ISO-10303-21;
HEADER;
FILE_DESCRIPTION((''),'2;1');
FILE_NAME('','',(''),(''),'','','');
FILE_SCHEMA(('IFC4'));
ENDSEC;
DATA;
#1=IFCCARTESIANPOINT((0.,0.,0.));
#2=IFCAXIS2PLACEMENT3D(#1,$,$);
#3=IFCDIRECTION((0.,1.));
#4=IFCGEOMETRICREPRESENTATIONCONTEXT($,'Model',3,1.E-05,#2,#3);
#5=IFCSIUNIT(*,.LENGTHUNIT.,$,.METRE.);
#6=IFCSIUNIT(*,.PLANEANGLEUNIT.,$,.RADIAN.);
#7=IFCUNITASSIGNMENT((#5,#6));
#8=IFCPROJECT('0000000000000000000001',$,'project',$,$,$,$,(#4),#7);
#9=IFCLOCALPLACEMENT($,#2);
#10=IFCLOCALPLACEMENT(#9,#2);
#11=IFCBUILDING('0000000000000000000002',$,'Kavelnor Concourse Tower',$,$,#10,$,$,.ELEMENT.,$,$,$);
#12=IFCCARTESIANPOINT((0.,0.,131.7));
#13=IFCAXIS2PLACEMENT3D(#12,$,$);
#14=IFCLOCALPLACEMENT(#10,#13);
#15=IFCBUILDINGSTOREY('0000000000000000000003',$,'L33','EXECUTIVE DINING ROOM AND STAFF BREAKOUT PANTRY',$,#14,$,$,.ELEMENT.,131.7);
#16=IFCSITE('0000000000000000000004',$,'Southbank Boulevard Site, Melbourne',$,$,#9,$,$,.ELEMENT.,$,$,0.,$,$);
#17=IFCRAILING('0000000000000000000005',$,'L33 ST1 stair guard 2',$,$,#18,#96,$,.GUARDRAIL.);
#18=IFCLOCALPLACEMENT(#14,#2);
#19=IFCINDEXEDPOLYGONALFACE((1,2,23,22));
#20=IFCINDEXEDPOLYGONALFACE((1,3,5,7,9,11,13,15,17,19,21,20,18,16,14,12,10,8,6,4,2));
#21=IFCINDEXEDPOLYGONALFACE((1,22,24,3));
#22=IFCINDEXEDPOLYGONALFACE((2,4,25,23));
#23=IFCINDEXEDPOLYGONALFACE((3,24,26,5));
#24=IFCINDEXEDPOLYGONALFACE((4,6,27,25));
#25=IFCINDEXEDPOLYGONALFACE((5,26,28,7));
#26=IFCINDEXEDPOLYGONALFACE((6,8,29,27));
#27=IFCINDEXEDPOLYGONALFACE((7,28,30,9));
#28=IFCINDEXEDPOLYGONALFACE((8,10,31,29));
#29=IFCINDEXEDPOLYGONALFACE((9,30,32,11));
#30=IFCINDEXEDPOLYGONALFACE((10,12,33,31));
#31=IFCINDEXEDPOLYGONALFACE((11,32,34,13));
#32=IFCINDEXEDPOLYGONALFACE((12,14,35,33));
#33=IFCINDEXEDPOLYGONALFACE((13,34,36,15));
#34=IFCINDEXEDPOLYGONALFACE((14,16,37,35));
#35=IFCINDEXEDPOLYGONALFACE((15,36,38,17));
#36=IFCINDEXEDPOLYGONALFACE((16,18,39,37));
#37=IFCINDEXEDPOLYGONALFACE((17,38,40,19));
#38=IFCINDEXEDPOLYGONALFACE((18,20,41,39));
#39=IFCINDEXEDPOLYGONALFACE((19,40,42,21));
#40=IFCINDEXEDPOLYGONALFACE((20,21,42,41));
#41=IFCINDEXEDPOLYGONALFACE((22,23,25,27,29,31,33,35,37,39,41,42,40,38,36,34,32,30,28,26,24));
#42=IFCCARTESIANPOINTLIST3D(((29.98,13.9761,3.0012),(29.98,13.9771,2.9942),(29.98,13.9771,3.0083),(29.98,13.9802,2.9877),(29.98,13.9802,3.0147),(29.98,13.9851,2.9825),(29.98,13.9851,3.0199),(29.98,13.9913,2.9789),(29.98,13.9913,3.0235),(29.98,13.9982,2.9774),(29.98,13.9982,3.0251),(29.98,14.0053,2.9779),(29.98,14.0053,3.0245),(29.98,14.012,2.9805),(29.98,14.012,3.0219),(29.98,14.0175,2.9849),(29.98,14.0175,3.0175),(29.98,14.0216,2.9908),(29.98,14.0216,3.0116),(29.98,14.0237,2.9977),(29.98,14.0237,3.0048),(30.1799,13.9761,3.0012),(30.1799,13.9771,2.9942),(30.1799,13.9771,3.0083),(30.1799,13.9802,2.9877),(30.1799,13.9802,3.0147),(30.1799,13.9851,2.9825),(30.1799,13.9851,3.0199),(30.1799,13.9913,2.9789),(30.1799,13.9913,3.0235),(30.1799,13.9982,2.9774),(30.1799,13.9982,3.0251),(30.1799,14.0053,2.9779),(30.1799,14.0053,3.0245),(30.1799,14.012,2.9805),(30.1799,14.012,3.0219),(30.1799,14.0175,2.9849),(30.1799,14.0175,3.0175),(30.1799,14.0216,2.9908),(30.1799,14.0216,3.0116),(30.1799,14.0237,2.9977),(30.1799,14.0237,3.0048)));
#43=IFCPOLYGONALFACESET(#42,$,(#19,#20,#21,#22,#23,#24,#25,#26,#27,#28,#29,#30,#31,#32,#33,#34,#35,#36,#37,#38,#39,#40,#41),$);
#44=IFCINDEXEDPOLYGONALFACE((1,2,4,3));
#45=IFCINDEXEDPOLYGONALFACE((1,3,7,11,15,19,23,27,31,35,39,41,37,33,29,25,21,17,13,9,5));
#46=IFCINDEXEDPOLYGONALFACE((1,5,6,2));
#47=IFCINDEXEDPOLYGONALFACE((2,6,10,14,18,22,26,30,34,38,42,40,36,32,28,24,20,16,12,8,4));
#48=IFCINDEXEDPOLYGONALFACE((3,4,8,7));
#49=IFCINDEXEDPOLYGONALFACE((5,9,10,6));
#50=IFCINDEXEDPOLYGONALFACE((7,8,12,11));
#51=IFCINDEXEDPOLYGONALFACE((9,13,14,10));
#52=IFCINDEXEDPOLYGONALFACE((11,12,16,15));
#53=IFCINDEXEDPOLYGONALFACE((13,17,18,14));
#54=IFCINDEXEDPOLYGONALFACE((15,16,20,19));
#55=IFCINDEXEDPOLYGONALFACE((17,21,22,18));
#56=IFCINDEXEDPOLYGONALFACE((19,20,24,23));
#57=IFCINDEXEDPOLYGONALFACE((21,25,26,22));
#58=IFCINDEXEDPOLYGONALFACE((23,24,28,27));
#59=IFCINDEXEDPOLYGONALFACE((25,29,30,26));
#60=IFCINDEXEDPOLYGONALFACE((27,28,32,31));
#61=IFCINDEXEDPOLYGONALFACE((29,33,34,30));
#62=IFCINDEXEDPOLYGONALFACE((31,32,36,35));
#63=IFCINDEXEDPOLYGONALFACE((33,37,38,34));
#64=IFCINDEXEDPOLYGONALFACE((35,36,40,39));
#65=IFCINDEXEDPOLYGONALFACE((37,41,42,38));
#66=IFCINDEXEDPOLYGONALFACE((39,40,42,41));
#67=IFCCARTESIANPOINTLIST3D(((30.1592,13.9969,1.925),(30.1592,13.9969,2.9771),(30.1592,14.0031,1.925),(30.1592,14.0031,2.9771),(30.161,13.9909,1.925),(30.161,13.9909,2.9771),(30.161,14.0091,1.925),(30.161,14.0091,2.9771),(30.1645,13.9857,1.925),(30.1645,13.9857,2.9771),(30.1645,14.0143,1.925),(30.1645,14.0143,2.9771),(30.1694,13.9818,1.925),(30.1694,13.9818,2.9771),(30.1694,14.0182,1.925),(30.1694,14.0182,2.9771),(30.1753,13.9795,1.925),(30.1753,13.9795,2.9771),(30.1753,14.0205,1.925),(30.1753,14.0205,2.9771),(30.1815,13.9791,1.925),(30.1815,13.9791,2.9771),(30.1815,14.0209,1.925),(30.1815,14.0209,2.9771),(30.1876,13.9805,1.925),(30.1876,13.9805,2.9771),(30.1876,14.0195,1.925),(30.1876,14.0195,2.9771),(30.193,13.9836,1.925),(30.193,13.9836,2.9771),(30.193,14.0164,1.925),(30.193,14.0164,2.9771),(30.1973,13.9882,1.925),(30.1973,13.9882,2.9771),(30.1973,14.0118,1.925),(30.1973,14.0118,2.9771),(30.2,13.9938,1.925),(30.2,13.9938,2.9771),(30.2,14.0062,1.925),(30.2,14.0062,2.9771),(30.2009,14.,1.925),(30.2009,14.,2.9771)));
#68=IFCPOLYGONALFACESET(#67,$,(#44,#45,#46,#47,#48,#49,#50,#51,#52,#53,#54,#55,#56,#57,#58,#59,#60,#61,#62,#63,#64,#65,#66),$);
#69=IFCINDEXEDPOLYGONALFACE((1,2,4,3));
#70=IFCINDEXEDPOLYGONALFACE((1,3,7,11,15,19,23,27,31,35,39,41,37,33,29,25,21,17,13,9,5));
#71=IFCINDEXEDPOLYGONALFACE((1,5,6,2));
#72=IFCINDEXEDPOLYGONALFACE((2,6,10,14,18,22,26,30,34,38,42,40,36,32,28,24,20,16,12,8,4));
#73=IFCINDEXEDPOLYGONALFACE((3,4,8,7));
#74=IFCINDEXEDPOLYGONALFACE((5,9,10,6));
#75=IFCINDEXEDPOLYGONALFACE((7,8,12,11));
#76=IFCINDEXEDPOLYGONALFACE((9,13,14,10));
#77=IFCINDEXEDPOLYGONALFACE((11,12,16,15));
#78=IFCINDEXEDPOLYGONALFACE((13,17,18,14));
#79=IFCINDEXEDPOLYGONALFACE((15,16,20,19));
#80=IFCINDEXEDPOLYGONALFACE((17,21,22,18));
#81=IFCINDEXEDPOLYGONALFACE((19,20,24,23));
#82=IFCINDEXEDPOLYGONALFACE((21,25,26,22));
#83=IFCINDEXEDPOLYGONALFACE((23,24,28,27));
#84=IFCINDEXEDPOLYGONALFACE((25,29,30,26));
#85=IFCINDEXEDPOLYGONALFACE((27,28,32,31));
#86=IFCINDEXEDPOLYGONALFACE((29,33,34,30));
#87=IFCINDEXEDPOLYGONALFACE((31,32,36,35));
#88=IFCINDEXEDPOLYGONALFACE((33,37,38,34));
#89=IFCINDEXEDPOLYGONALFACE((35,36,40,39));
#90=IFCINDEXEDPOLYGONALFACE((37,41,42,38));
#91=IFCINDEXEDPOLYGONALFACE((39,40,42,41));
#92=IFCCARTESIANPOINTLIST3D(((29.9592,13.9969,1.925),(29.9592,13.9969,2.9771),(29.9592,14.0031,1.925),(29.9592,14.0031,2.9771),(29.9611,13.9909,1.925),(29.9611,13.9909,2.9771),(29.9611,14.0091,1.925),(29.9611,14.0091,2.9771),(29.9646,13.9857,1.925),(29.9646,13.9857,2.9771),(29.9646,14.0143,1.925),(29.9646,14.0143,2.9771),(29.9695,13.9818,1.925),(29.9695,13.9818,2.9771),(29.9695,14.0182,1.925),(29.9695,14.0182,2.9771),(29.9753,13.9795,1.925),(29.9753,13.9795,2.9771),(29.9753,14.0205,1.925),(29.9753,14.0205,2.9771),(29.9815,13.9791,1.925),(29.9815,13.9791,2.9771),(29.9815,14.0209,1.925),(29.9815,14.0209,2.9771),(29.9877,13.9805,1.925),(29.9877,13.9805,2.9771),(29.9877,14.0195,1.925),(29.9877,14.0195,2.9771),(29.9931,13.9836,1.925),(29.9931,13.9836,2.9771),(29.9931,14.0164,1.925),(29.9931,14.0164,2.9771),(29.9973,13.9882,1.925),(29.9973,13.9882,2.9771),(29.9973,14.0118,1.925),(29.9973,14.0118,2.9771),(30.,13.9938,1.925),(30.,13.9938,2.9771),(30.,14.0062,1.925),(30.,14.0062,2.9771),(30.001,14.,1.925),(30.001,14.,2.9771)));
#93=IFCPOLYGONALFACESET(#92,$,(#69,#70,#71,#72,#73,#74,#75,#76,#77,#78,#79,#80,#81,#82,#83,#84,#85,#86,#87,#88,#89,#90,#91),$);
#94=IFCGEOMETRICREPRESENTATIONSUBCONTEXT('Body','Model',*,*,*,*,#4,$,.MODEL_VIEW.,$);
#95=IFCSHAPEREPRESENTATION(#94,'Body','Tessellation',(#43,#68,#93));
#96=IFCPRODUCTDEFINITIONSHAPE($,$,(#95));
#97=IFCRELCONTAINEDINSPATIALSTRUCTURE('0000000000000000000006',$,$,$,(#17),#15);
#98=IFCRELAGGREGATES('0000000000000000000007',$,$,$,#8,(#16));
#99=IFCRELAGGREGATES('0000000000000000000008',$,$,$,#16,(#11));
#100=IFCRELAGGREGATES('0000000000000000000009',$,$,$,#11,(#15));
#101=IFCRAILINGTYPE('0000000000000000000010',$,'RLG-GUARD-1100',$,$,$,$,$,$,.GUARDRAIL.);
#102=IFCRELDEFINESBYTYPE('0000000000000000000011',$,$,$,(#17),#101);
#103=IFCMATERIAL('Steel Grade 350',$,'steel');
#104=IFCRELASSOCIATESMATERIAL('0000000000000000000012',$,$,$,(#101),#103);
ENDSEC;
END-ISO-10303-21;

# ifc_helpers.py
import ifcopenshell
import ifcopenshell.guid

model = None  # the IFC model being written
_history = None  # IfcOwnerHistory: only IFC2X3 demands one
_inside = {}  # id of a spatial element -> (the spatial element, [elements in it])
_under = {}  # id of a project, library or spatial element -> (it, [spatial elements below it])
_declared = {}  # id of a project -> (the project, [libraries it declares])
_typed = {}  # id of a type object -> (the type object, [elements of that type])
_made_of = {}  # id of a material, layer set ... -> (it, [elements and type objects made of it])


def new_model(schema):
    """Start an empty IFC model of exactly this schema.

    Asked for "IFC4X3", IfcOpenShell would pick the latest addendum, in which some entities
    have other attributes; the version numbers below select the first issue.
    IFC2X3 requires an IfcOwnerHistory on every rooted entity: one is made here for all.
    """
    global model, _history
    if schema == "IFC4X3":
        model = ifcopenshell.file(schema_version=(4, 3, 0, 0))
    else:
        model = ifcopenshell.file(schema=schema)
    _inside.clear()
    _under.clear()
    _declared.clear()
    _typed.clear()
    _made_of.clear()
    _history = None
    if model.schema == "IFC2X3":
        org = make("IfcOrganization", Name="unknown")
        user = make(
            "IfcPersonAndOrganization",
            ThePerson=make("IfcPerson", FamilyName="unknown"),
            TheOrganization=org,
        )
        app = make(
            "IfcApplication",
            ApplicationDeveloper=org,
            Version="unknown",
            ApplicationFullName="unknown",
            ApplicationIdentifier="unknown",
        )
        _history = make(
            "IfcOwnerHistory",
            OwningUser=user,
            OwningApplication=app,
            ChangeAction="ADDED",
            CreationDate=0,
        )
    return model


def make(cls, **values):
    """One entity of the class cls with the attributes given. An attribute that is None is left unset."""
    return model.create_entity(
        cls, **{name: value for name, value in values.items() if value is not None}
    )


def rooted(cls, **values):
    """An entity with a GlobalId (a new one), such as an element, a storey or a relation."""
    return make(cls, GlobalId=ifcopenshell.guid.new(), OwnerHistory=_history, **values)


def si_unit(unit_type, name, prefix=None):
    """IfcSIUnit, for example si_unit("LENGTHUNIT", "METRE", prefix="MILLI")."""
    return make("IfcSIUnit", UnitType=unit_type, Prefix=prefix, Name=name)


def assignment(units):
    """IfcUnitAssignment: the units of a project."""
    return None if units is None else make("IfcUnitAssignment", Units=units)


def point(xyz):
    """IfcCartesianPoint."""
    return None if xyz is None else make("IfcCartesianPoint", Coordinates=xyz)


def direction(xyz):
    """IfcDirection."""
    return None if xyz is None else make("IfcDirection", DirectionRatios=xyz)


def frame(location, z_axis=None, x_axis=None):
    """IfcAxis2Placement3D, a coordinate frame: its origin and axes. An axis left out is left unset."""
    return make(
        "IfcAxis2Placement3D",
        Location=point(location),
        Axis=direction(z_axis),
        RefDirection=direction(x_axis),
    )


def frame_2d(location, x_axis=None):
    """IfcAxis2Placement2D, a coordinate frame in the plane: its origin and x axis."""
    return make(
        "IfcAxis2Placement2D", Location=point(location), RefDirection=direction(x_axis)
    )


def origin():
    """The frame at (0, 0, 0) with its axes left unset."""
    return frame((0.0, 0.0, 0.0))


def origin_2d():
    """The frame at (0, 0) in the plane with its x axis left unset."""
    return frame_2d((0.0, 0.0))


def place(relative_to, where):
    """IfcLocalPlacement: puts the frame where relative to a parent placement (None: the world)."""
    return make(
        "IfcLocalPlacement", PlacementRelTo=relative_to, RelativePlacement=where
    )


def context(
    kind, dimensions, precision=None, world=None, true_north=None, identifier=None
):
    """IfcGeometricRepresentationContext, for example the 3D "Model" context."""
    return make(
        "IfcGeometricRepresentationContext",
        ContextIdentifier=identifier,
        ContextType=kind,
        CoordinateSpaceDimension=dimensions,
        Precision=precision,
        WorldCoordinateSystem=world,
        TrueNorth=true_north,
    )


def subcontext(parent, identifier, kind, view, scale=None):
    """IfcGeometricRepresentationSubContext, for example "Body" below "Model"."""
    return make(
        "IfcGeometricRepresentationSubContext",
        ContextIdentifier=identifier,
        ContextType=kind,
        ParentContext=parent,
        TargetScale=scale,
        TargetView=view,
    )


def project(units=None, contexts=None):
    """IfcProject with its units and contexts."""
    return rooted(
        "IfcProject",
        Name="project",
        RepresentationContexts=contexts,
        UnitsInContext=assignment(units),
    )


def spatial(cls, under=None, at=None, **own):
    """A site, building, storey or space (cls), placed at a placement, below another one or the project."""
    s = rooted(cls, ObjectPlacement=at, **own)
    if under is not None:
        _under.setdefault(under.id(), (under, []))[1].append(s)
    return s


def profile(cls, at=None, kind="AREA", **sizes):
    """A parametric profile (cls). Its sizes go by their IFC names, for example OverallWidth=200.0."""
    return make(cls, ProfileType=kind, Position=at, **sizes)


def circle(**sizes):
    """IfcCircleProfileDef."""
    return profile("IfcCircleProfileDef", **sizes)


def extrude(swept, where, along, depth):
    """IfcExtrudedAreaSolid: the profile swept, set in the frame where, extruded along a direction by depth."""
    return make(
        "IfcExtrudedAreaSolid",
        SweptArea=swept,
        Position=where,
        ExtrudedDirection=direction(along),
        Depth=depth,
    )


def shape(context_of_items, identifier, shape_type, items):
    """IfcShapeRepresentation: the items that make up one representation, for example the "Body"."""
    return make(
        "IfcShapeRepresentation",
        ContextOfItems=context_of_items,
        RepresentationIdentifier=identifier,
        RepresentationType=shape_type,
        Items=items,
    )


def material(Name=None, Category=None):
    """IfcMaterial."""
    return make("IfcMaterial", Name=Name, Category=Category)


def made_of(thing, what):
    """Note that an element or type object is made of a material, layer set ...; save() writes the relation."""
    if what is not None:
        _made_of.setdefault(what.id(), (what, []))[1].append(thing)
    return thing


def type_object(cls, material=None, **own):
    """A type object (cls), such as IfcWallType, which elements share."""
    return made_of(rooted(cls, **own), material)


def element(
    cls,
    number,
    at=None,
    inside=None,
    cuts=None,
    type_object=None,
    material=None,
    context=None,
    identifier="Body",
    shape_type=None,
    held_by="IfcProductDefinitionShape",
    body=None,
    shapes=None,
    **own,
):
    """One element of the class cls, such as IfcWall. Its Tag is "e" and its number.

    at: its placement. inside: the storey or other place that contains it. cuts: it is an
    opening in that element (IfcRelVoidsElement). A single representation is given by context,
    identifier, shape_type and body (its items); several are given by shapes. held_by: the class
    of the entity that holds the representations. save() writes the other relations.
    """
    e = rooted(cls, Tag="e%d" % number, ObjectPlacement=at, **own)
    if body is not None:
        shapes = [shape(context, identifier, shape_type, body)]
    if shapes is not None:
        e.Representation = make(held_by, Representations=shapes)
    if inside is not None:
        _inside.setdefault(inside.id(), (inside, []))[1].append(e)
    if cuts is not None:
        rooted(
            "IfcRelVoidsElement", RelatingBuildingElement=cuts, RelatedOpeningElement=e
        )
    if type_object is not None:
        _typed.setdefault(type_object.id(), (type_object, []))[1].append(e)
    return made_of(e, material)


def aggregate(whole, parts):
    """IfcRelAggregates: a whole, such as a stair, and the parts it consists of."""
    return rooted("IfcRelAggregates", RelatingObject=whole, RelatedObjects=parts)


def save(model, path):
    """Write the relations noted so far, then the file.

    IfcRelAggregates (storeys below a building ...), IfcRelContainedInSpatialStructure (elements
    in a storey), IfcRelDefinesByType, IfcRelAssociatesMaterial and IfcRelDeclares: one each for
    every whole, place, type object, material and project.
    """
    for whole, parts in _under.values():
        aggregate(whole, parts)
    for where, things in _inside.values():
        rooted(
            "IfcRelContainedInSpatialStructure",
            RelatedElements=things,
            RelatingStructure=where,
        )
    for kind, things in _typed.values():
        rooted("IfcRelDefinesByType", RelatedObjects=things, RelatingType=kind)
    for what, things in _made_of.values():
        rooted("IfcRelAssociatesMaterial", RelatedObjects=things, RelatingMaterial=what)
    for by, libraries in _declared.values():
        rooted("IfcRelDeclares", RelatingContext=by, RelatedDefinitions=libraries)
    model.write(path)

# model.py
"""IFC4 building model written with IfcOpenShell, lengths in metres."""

from ifc_helpers import new_model, si_unit, direction, frame, origin, origin_2d, place, context, subcontext, project, spatial, circle, extrude, material, type_object, element, save


model = new_model("IFC4")

# Units and contexts
model_context = context("Model", 3, precision=1e-05, world=origin(), true_north=direction((0.0, 1.0)))
body_context = subcontext(model_context, "Body", "Model", "MODEL_VIEW")
ifc_project = project(units=[si_unit("LENGTHUNIT", "METRE"), si_unit("PLANEANGLEUNIT", "RADIAN")], contexts=[model_context])

# Site, building, storey
site_placement = place(None, origin())
site = spatial("IfcSite", under=ifc_project, at=site_placement, Name="Southbank Boulevard Site, Melbourne", CompositionType="ELEMENT", RefElevation=0.0)
building_placement = place(site_placement, origin())
building = spatial("IfcBuilding", under=site, at=building_placement, Name="Kavelnor Concourse Tower", CompositionType="ELEMENT")
storey_placement = place(building_placement, frame((0.0, 0.0, 131.7)))
storey = spatial("IfcBuildingStorey", under=building, at=storey_placement, Name="L33", Description="EXECUTIVE DINING ROOM AND STAFF BREAKOUT PANTRY", CompositionType="ELEMENT", Elevation=131.7)

# Shared definitions
ifc_material_1 = material(Name="Steel Grade 350", Category="steel")

# Railing
railing_type_1 = type_object("IfcRailingType", Name="RLG-GUARD-1100", PredefinedType="GUARDRAIL", material=ifc_material_1)
railing_1_placement = place(storey_placement, frame((30.1799, 14.0, 1.925)))
element("IfcRailing", 1, at=railing_1_placement, inside=storey, type_object=railing_type_1, Name="L33 ST1 stair guard 2", PredefinedType="GUARDRAIL", context=body_context, shape_type="SweptSolid", body=[
    extrude(circle(Radius=0.0239, at=origin_2d()), frame((0.0, 0.0, 1.0762), z_axis=(-1.0, 0.0, 0.0), x_axis=(0.0, -1.0, 0.0)), (0.0, 0.0, 1.0), 0.2),
    extrude(circle(Radius=0.021, at=origin_2d()), origin(), (0.0, 0.0, 1.0), 1.052),
    extrude(circle(Radius=0.021, at=origin_2d()), frame((-0.2, 0.0, 0.0)), (0.0, 0.0, 1.0), 1.052),
])

save(model, "model.ifc")
